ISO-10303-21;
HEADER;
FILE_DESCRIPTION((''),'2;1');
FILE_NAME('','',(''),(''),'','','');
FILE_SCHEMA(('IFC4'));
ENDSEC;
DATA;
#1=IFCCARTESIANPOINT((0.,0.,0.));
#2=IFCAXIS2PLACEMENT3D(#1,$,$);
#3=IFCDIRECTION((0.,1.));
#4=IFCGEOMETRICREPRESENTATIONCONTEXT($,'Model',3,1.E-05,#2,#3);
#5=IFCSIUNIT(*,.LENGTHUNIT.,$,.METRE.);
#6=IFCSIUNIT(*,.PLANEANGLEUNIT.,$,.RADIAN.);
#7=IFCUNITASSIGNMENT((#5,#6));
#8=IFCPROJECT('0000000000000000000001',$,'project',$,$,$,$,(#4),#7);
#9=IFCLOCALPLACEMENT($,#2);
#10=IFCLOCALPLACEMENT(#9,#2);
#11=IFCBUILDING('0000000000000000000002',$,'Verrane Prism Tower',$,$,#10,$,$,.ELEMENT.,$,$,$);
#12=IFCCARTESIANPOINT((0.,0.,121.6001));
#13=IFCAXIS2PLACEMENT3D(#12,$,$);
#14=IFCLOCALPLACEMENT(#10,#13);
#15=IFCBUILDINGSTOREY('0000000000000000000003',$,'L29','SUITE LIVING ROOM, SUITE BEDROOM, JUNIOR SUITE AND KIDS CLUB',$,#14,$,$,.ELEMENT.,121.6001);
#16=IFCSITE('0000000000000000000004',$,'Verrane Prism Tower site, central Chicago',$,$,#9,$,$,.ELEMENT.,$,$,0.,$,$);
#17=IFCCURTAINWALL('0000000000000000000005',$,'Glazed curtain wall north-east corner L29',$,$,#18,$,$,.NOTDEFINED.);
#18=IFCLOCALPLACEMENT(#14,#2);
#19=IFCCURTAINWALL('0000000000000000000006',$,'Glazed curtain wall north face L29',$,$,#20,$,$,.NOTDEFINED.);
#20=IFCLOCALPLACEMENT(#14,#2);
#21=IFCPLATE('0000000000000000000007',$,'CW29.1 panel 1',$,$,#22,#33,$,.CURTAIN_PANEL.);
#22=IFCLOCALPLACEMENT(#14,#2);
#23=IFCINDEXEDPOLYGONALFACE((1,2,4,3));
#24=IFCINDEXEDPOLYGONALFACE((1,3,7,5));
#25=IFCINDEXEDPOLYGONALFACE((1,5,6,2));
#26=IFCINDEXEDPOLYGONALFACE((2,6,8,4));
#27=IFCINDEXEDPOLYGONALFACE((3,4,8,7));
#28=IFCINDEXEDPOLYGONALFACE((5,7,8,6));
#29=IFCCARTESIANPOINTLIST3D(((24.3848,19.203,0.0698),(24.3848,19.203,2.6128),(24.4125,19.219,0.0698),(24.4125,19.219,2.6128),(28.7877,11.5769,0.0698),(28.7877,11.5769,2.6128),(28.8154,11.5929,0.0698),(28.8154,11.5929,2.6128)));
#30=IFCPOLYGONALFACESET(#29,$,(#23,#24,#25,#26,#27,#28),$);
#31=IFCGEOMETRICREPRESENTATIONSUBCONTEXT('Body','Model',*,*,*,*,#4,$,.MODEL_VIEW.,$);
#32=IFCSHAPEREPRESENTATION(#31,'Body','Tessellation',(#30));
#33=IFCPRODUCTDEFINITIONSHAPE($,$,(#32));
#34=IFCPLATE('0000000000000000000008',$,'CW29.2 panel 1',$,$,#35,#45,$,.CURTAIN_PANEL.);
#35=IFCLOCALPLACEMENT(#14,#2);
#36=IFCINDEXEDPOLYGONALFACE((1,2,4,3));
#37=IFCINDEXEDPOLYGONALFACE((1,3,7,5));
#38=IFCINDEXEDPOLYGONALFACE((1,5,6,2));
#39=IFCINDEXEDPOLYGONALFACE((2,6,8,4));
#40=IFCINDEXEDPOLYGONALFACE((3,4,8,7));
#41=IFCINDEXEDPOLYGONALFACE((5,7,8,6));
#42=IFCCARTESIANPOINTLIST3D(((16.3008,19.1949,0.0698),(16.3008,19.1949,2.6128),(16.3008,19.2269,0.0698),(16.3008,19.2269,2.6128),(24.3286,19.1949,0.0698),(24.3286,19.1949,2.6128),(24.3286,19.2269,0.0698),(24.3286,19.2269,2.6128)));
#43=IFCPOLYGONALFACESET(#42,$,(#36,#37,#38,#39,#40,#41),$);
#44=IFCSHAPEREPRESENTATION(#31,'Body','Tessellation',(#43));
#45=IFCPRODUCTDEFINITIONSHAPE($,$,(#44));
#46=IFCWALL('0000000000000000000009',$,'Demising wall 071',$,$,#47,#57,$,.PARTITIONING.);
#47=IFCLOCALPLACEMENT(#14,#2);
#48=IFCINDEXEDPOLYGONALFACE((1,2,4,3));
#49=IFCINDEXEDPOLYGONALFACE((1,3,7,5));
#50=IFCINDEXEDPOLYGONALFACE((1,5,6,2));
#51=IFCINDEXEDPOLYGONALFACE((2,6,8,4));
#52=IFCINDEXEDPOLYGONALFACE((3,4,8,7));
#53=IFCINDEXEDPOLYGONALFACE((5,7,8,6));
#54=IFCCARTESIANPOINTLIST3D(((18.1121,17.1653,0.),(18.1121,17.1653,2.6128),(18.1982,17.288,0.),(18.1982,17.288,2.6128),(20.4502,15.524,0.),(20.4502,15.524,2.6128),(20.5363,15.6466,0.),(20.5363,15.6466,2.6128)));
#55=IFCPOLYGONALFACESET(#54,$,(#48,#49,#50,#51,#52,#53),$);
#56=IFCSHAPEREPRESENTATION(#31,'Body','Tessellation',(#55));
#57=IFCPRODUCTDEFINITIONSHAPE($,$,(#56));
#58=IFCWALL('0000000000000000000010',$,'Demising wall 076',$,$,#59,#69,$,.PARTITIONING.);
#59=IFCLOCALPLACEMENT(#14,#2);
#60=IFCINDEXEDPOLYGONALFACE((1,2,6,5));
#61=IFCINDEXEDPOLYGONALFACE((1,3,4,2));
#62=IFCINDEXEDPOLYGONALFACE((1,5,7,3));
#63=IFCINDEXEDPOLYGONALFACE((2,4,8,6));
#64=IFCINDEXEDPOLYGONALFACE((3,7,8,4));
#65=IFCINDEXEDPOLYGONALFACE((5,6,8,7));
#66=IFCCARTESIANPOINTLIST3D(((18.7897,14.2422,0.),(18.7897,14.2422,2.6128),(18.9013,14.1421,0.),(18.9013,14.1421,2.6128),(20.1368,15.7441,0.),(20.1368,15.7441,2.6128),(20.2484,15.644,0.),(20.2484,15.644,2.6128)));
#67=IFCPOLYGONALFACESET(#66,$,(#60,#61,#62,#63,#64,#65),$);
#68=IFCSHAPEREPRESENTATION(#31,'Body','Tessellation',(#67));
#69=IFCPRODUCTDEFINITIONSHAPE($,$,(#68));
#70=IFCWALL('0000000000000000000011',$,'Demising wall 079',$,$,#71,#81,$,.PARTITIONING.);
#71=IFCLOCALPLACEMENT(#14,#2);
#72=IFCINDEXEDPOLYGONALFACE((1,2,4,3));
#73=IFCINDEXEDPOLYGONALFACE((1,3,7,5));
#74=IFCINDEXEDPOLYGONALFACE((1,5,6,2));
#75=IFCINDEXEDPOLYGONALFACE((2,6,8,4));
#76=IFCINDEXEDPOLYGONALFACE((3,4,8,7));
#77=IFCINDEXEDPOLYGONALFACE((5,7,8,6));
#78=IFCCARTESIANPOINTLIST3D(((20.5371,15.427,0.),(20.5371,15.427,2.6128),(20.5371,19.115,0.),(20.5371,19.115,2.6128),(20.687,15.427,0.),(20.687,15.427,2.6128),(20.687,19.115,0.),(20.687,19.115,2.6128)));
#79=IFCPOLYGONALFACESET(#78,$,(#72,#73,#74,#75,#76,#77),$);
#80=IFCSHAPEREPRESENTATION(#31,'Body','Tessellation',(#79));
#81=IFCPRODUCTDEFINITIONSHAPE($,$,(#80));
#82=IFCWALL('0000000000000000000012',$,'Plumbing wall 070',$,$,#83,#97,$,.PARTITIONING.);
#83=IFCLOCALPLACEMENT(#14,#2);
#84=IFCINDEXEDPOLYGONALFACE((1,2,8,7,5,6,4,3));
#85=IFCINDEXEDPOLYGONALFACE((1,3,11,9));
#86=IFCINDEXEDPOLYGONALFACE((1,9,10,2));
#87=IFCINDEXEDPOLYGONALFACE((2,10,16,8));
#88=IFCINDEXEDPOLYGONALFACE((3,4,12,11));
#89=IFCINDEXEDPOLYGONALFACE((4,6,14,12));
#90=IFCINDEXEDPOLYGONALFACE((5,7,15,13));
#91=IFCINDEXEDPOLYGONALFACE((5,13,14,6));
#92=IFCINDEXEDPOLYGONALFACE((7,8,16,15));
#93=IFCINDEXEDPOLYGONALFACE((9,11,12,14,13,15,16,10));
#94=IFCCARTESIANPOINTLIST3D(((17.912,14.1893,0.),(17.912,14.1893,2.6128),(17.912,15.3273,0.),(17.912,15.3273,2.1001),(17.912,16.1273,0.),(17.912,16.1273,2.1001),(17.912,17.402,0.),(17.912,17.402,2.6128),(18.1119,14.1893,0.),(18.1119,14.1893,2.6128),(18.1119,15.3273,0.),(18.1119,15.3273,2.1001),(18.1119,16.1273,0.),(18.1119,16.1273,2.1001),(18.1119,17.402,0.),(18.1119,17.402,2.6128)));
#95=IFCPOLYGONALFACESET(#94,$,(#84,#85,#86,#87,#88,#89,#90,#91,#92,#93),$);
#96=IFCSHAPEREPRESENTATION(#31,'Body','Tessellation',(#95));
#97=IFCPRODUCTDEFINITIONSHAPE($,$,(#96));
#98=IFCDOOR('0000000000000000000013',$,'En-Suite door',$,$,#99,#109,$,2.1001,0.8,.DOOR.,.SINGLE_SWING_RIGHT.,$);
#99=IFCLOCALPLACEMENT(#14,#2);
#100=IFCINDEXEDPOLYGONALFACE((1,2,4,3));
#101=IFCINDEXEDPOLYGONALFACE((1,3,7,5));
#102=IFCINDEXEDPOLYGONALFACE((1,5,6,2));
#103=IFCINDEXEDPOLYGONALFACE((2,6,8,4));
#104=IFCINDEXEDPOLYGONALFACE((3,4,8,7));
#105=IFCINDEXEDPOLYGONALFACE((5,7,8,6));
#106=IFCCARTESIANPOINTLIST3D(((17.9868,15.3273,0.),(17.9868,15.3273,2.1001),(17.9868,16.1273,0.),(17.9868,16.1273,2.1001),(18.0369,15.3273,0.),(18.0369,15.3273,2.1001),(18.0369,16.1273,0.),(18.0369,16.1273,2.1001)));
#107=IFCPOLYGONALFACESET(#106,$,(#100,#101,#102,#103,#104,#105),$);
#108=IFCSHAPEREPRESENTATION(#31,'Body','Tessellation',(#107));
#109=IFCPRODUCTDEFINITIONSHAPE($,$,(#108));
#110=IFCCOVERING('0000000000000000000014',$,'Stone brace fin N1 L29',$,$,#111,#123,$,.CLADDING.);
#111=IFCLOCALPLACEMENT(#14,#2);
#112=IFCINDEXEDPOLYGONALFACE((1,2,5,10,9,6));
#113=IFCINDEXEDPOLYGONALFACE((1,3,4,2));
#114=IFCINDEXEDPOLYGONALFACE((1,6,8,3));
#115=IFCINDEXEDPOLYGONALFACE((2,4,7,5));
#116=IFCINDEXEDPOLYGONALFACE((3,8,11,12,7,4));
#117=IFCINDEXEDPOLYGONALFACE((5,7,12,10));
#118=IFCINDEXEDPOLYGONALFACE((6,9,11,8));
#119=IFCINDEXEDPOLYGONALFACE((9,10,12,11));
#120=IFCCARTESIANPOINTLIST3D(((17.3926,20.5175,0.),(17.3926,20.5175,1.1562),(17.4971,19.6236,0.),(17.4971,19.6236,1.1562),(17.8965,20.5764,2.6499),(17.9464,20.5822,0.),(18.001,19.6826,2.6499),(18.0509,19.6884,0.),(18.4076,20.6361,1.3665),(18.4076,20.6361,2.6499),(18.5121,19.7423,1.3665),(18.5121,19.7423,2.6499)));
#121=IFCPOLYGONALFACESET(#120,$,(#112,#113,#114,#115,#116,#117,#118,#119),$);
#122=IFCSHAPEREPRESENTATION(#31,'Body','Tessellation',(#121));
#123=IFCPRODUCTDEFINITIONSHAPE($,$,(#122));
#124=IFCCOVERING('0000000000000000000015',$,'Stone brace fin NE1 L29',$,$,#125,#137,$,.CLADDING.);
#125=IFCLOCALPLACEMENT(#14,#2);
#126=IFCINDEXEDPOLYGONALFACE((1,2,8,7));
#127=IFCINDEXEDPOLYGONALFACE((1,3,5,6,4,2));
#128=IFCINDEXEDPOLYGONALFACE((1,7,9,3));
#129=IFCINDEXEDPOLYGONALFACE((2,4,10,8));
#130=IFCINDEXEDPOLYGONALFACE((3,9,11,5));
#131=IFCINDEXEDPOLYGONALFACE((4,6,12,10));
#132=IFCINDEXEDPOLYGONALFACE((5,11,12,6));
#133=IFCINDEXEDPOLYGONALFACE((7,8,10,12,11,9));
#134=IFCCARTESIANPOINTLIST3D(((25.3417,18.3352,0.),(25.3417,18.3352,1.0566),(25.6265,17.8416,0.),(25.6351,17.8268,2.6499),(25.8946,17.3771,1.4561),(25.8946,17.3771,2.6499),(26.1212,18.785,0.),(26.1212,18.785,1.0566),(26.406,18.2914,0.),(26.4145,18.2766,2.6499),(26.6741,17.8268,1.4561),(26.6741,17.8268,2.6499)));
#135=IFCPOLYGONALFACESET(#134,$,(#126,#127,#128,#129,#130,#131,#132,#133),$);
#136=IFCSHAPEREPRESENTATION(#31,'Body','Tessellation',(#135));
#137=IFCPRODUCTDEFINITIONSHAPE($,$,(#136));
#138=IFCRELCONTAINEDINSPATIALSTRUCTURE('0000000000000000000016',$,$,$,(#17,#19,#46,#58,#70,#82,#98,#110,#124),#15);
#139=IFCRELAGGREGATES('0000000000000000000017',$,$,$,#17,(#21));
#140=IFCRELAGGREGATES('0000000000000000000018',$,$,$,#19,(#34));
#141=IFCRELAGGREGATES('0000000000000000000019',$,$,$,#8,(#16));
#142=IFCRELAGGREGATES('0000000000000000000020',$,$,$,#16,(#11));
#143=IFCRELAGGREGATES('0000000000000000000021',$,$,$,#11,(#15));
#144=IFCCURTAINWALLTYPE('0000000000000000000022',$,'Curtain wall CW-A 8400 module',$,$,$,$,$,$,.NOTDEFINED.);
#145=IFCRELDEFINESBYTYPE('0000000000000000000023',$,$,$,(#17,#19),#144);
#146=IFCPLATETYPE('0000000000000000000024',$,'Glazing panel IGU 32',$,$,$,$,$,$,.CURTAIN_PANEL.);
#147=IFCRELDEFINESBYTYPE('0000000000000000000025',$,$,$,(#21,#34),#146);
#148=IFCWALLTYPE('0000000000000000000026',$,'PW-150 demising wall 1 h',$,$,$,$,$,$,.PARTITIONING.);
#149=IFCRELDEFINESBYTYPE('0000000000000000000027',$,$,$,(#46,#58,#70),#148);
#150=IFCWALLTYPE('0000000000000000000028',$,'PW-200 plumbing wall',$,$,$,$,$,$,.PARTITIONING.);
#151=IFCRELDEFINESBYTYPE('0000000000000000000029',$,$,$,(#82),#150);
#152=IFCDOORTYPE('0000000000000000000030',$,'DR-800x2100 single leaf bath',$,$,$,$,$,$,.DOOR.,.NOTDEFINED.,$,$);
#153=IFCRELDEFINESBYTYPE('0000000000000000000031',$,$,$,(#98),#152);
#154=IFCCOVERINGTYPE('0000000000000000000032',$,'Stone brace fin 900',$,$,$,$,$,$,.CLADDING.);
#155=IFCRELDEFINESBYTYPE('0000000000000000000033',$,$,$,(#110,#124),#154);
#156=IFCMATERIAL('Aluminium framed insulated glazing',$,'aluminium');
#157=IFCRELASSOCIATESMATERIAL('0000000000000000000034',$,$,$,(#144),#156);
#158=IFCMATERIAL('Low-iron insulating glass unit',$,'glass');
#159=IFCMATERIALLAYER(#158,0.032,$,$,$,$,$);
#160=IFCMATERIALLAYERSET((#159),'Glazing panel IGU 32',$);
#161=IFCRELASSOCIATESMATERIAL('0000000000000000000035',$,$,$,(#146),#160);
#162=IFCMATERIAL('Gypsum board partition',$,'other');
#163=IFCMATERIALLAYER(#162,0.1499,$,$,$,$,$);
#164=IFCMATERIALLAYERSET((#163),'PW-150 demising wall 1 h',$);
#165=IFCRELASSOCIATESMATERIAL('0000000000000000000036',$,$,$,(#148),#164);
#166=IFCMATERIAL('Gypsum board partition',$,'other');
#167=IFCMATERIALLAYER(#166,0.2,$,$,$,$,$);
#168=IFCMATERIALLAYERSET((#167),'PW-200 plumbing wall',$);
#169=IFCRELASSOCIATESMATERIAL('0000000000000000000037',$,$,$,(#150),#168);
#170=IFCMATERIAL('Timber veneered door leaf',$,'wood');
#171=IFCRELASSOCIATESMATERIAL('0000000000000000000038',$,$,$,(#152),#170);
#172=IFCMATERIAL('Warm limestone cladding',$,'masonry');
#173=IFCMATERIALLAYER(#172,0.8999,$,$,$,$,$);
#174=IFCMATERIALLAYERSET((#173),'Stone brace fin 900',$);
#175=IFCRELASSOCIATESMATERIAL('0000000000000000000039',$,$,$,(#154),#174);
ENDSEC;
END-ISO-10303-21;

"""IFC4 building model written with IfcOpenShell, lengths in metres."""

from ifc_helpers import new_model, si_unit, direction, frame, frame_2d, origin, origin_2d, place, context, subcontext, project, spatial, polyline, rectangle, outline, extrude, material, layer, layer_set, type_object, element, fill, aggregate, save


model = new_model("IFC4")

# Units and contexts
model_context = context("Model", 3, precision=1e-05, world=origin(), true_north=direction((0.0, 1.0)))
body_context = subcontext(model_context, "Body", "Model", "MODEL_VIEW")
ifc_project = project(units=[si_unit("LENGTHUNIT", "METRE"), si_unit("PLANEANGLEUNIT", "RADIAN")], contexts=[model_context])

# Site, building, storey
site_placement = place(None, origin())
site = spatial("IfcSite", under=ifc_project, at=site_placement, Name="Verrane Prism Tower site, central Chicago", CompositionType="ELEMENT", RefElevation=0.0)
building_placement = place(site_placement, origin())
building = spatial("IfcBuilding", under=site, at=building_placement, Name="Verrane Prism Tower", CompositionType="ELEMENT")
storey_placement = place(building_placement, frame((0.0, 0.0, 121.6001)))
storey = spatial("IfcBuildingStorey", under=building, at=storey_placement, Name="L29", Description="SUITE LIVING ROOM, SUITE BEDROOM, JUNIOR SUITE AND KIDS CLUB", CompositionType="ELEMENT", Elevation=121.6001)

# Curtain wall
ifc_material_1 = material(Name="Aluminium framed insulated glazing", Category="aluminium")
curtain_wall_type = type_object("IfcCurtainWallType", Name="Curtain wall CW-A 8400 module", PredefinedType="NOTDEFINED", material=ifc_material_1)
curtain_wall_1_placement = place(storey_placement, origin())
curtain_wall_1 = element("IfcCurtainWall", 1, at=curtain_wall_1_placement, inside=storey, type_object=curtain_wall_type, Name="Glazed curtain wall north-east corner L29", PredefinedType="NOTDEFINED")

# Curtain wall
curtain_wall_2_placement = place(storey_placement, origin())
curtain_wall_2 = element("IfcCurtainWall", 2, at=curtain_wall_2_placement, inside=storey, type_object=curtain_wall_type, Name="Glazed curtain wall north face L29", PredefinedType="NOTDEFINED")

# Plates
ifc_material_2 = material(Name="Low-iron insulating glass unit", Category="glass")
ifc_layer_1 = layer(ifc_material_2, 0.032)
ifc_layer_set_1 = layer_set([ifc_layer_1], Name="Glazing panel IGU 32")
plate_type = type_object("IfcPlateType", Name="Glazing panel IGU 32", PredefinedType="CURTAIN_PANEL", material=ifc_layer_set_1)
plate_1_placement = place(storey_placement, frame((26.6001, 15.3979, 0.0698), z_axis=(0.0, 0.0, 1.0), x_axis=(-0.499998, 0.866026, 0.0)))
plate_1 = element("IfcPlate", 3, at=plate_1_placement, type_object=plate_type, Name="CW29.1 panel 1", PredefinedType="CURTAIN_PANEL", context=body_context, shape_type="SweptSolid", body=[
    extrude(rectangle(XDim=8.8059, YDim=0.032, at=origin_2d()), origin(), (0.0, 0.0, 1.0), 2.543),
])
aggregate(curtain_wall_1, [plate_1])
plate_2_placement = place(storey_placement, frame((20.3147, 19.2109, 0.0698), z_axis=(0.0, 0.0, 1.0), x_axis=(-1.0, 0.0, 0.0)))
plate_2 = element("IfcPlate", 4, at=plate_2_placement, type_object=plate_type, Name="CW29.2 panel 1", PredefinedType="CURTAIN_PANEL", context=body_context, shape_type="SweptSolid", body=[
    extrude(rectangle(XDim=8.0278, YDim=0.032, at=origin_2d()), origin(), (0.0, 0.0, 1.0), 2.543),
])
aggregate(curtain_wall_2, [plate_2])

# Walls
ifc_material_3 = material(Name="Gypsum board partition", Category="other")
ifc_layer_2 = layer(ifc_material_3, 0.1499)
ifc_layer_set_2 = layer_set([ifc_layer_2], Name="PW-150 demising wall 1 h")
wall_type_1 = type_object("IfcWallType", Name="PW-150 demising wall 1 h", PredefinedType="PARTITIONING", material=ifc_layer_set_2)
wall_1_placement = place(storey_placement, frame((18.1553, 17.2266, 0.0), z_axis=(0.0, 0.0, 1.0), x_axis=(0.818464, -0.574557, 0.0)))
element("IfcWall", 5, at=wall_1_placement, inside=storey, type_object=wall_type_1, Name="Demising wall 071", PredefinedType="PARTITIONING", context=body_context, shape_type="SweptSolid", body=[
    extrude(rectangle(XDim=2.8567, YDim=0.1499, at=frame_2d((1.4282, 0.0))), origin(), (0.0, 0.0, 1.0), 2.6128),
])
wall_2_placement = place(storey_placement, frame((18.8455, 14.1921, 0.0), z_axis=(0.0, 0.0, 1.0), x_axis=(0.667707, 0.744424, 0.0)))
element("IfcWall", 6, at=wall_2_placement, inside=storey, type_object=wall_type_1, Name="Demising wall 076", PredefinedType="PARTITIONING", context=body_context, shape_type="SweptSolid", body=[
    extrude(rectangle(XDim=2.0176, YDim=0.1499, at=frame_2d((1.0088, 0.0))), origin(), (0.0, 0.0, 1.0), 2.6128),
])
wall_3_placement = place(storey_placement, frame((20.6121, 15.427, 0.0), z_axis=(0.0, 0.0, 1.0), x_axis=(0.0, 1.0, 0.0)))
element("IfcWall", 7, at=wall_3_placement, inside=storey, type_object=wall_type_1, Name="Demising wall 079", PredefinedType="PARTITIONING", context=body_context, shape_type="SweptSolid", body=[
    extrude(rectangle(XDim=3.688, YDim=0.1499, at=frame_2d((1.844, 0.0))), origin(), (0.0, 0.0, 1.0), 2.6128),
])

# Wall, opening, door
ifc_material_4 = material(Name="Gypsum board partition", Category="other")
ifc_layer_3 = layer(ifc_material_4, 0.2)
ifc_layer_set_3 = layer_set([ifc_layer_3], Name="PW-200 plumbing wall")
wall_type_2 = type_object("IfcWallType", Name="PW-200 plumbing wall", PredefinedType="PARTITIONING", material=ifc_layer_set_3)
wall_4_placement = place(storey_placement, frame((18.012, 17.4021, 0.0), z_axis=(0.0, 0.0, 1.0), x_axis=(0.0, -1.0, 0.0)))
wall_4 = element("IfcWall", 8, at=wall_4_placement, inside=storey, type_object=wall_type_2, Name="Plumbing wall 070", PredefinedType="PARTITIONING", context=body_context, shape_type="SweptSolid", body=[
    extrude(rectangle(XDim=3.2126, YDim=0.2, at=frame_2d((1.6064, 0.0))), origin(), (0.0, 0.0, 1.0), 2.6128),
])
opening_placement = place(wall_4_placement, frame((1.2749, 0.0, 0.0)))
opening = element("IfcOpeningElement", 9, at=opening_placement, cuts=wall_4, PredefinedType="OPENING", context=body_context, shape_type="SweptSolid", body=[
    extrude(rectangle(XDim=0.8, YDim=2.1001, at=frame_2d((0.3999, 1.05))), frame((0.0, 0.1099, 0.0), z_axis=(0.0, -1.0, 0.0), x_axis=(1.0, 0.0, 0.0)), (0.0, 0.0, 1.0), 0.22),
])
ifc_material_5 = material(Name="Timber veneered door leaf", Category="wood")
door_type = type_object("IfcDoorType", Name="DR-800x2100 single leaf bath", OperationType="NOTDEFINED", PredefinedType="DOOR", material=ifc_material_5)
door_placement = place(opening_placement, origin())
door = element("IfcDoor", 10, at=door_placement, inside=storey, type_object=door_type, Name="En-Suite door", OperationType="SINGLE_SWING_RIGHT", OverallHeight=2.1001, OverallWidth=0.8, PredefinedType="DOOR", context=body_context, shape_type="SweptSolid", body=[
    extrude(rectangle(XDim=0.8, YDim=2.1001, at=frame_2d((0.3999, 1.05))), frame((0.0, 0.0249, 0.0), z_axis=(0.0, -1.0, 0.0), x_axis=(1.0, 0.0, 0.0)), (0.0, 0.0, 1.0), 0.05),
])
fill(opening, door)

# Coverings
ifc_material_6 = material(Name="Warm limestone cladding", Category="masonry")
ifc_layer_4 = layer(ifc_material_6, 0.8999)
ifc_layer_set_4 = layer_set([ifc_layer_4], Name="Stone brace fin 900")
covering_type = type_object("IfcCoveringType", Name="Stone brace fin 900", PredefinedType="CLADDING", material=ifc_layer_set_4)
covering_1_placement = place(storey_placement, frame((17.4448, 20.0706, 0.0), z_axis=(0.0, 0.0, 1.0), x_axis=(0.993235, 0.11612, 0.0)))
element("IfcCovering", 11, at=covering_1_placement, inside=storey, type_object=covering_type, Name="Stone brace fin N1 L29", PredefinedType="CLADDING", context=body_context, shape_type="SweptSolid", body=[
    extrude(outline(polyline([(1.022, 2.6499), (0.5073, 2.6499), (0.0, 1.1562), (0.0, 0.0), (0.5576, 0.0), (1.022, 1.3665), (1.022, 2.6499)])), frame((0.0, 0.45, 0.0), z_axis=(0.0, -1.0, 0.0), x_axis=(1.0, 0.0, 0.0)), (0.0, 0.0, 1.0), 0.8999),
])
covering_2_placement = place(storey_placement, frame((25.7314, 18.5601, 0.0), z_axis=(0.0, 0.0, 1.0), x_axis=(0.499818, -0.86613, 0.0)))
element("IfcCovering", 12, at=covering_2_placement, inside=storey, type_object=covering_type, Name="Stone brace fin NE1 L29", PredefinedType="CLADDING", context=body_context, shape_type="SweptSolid", body=[
    extrude(outline(polyline([(1.1062, 2.6499), (0.5869, 2.6499), (0.0, 1.0566), (0.0, 0.0), (0.5698, 0.0), (1.1062, 1.4561), (1.1062, 2.6499)])), frame((0.0, 0.45, 0.0), z_axis=(0.0, -1.0, 0.0), x_axis=(1.0, 0.0, 0.0)), (0.0, 0.0, 1.0), 0.8999),
])

save(model, "model.ifc")
